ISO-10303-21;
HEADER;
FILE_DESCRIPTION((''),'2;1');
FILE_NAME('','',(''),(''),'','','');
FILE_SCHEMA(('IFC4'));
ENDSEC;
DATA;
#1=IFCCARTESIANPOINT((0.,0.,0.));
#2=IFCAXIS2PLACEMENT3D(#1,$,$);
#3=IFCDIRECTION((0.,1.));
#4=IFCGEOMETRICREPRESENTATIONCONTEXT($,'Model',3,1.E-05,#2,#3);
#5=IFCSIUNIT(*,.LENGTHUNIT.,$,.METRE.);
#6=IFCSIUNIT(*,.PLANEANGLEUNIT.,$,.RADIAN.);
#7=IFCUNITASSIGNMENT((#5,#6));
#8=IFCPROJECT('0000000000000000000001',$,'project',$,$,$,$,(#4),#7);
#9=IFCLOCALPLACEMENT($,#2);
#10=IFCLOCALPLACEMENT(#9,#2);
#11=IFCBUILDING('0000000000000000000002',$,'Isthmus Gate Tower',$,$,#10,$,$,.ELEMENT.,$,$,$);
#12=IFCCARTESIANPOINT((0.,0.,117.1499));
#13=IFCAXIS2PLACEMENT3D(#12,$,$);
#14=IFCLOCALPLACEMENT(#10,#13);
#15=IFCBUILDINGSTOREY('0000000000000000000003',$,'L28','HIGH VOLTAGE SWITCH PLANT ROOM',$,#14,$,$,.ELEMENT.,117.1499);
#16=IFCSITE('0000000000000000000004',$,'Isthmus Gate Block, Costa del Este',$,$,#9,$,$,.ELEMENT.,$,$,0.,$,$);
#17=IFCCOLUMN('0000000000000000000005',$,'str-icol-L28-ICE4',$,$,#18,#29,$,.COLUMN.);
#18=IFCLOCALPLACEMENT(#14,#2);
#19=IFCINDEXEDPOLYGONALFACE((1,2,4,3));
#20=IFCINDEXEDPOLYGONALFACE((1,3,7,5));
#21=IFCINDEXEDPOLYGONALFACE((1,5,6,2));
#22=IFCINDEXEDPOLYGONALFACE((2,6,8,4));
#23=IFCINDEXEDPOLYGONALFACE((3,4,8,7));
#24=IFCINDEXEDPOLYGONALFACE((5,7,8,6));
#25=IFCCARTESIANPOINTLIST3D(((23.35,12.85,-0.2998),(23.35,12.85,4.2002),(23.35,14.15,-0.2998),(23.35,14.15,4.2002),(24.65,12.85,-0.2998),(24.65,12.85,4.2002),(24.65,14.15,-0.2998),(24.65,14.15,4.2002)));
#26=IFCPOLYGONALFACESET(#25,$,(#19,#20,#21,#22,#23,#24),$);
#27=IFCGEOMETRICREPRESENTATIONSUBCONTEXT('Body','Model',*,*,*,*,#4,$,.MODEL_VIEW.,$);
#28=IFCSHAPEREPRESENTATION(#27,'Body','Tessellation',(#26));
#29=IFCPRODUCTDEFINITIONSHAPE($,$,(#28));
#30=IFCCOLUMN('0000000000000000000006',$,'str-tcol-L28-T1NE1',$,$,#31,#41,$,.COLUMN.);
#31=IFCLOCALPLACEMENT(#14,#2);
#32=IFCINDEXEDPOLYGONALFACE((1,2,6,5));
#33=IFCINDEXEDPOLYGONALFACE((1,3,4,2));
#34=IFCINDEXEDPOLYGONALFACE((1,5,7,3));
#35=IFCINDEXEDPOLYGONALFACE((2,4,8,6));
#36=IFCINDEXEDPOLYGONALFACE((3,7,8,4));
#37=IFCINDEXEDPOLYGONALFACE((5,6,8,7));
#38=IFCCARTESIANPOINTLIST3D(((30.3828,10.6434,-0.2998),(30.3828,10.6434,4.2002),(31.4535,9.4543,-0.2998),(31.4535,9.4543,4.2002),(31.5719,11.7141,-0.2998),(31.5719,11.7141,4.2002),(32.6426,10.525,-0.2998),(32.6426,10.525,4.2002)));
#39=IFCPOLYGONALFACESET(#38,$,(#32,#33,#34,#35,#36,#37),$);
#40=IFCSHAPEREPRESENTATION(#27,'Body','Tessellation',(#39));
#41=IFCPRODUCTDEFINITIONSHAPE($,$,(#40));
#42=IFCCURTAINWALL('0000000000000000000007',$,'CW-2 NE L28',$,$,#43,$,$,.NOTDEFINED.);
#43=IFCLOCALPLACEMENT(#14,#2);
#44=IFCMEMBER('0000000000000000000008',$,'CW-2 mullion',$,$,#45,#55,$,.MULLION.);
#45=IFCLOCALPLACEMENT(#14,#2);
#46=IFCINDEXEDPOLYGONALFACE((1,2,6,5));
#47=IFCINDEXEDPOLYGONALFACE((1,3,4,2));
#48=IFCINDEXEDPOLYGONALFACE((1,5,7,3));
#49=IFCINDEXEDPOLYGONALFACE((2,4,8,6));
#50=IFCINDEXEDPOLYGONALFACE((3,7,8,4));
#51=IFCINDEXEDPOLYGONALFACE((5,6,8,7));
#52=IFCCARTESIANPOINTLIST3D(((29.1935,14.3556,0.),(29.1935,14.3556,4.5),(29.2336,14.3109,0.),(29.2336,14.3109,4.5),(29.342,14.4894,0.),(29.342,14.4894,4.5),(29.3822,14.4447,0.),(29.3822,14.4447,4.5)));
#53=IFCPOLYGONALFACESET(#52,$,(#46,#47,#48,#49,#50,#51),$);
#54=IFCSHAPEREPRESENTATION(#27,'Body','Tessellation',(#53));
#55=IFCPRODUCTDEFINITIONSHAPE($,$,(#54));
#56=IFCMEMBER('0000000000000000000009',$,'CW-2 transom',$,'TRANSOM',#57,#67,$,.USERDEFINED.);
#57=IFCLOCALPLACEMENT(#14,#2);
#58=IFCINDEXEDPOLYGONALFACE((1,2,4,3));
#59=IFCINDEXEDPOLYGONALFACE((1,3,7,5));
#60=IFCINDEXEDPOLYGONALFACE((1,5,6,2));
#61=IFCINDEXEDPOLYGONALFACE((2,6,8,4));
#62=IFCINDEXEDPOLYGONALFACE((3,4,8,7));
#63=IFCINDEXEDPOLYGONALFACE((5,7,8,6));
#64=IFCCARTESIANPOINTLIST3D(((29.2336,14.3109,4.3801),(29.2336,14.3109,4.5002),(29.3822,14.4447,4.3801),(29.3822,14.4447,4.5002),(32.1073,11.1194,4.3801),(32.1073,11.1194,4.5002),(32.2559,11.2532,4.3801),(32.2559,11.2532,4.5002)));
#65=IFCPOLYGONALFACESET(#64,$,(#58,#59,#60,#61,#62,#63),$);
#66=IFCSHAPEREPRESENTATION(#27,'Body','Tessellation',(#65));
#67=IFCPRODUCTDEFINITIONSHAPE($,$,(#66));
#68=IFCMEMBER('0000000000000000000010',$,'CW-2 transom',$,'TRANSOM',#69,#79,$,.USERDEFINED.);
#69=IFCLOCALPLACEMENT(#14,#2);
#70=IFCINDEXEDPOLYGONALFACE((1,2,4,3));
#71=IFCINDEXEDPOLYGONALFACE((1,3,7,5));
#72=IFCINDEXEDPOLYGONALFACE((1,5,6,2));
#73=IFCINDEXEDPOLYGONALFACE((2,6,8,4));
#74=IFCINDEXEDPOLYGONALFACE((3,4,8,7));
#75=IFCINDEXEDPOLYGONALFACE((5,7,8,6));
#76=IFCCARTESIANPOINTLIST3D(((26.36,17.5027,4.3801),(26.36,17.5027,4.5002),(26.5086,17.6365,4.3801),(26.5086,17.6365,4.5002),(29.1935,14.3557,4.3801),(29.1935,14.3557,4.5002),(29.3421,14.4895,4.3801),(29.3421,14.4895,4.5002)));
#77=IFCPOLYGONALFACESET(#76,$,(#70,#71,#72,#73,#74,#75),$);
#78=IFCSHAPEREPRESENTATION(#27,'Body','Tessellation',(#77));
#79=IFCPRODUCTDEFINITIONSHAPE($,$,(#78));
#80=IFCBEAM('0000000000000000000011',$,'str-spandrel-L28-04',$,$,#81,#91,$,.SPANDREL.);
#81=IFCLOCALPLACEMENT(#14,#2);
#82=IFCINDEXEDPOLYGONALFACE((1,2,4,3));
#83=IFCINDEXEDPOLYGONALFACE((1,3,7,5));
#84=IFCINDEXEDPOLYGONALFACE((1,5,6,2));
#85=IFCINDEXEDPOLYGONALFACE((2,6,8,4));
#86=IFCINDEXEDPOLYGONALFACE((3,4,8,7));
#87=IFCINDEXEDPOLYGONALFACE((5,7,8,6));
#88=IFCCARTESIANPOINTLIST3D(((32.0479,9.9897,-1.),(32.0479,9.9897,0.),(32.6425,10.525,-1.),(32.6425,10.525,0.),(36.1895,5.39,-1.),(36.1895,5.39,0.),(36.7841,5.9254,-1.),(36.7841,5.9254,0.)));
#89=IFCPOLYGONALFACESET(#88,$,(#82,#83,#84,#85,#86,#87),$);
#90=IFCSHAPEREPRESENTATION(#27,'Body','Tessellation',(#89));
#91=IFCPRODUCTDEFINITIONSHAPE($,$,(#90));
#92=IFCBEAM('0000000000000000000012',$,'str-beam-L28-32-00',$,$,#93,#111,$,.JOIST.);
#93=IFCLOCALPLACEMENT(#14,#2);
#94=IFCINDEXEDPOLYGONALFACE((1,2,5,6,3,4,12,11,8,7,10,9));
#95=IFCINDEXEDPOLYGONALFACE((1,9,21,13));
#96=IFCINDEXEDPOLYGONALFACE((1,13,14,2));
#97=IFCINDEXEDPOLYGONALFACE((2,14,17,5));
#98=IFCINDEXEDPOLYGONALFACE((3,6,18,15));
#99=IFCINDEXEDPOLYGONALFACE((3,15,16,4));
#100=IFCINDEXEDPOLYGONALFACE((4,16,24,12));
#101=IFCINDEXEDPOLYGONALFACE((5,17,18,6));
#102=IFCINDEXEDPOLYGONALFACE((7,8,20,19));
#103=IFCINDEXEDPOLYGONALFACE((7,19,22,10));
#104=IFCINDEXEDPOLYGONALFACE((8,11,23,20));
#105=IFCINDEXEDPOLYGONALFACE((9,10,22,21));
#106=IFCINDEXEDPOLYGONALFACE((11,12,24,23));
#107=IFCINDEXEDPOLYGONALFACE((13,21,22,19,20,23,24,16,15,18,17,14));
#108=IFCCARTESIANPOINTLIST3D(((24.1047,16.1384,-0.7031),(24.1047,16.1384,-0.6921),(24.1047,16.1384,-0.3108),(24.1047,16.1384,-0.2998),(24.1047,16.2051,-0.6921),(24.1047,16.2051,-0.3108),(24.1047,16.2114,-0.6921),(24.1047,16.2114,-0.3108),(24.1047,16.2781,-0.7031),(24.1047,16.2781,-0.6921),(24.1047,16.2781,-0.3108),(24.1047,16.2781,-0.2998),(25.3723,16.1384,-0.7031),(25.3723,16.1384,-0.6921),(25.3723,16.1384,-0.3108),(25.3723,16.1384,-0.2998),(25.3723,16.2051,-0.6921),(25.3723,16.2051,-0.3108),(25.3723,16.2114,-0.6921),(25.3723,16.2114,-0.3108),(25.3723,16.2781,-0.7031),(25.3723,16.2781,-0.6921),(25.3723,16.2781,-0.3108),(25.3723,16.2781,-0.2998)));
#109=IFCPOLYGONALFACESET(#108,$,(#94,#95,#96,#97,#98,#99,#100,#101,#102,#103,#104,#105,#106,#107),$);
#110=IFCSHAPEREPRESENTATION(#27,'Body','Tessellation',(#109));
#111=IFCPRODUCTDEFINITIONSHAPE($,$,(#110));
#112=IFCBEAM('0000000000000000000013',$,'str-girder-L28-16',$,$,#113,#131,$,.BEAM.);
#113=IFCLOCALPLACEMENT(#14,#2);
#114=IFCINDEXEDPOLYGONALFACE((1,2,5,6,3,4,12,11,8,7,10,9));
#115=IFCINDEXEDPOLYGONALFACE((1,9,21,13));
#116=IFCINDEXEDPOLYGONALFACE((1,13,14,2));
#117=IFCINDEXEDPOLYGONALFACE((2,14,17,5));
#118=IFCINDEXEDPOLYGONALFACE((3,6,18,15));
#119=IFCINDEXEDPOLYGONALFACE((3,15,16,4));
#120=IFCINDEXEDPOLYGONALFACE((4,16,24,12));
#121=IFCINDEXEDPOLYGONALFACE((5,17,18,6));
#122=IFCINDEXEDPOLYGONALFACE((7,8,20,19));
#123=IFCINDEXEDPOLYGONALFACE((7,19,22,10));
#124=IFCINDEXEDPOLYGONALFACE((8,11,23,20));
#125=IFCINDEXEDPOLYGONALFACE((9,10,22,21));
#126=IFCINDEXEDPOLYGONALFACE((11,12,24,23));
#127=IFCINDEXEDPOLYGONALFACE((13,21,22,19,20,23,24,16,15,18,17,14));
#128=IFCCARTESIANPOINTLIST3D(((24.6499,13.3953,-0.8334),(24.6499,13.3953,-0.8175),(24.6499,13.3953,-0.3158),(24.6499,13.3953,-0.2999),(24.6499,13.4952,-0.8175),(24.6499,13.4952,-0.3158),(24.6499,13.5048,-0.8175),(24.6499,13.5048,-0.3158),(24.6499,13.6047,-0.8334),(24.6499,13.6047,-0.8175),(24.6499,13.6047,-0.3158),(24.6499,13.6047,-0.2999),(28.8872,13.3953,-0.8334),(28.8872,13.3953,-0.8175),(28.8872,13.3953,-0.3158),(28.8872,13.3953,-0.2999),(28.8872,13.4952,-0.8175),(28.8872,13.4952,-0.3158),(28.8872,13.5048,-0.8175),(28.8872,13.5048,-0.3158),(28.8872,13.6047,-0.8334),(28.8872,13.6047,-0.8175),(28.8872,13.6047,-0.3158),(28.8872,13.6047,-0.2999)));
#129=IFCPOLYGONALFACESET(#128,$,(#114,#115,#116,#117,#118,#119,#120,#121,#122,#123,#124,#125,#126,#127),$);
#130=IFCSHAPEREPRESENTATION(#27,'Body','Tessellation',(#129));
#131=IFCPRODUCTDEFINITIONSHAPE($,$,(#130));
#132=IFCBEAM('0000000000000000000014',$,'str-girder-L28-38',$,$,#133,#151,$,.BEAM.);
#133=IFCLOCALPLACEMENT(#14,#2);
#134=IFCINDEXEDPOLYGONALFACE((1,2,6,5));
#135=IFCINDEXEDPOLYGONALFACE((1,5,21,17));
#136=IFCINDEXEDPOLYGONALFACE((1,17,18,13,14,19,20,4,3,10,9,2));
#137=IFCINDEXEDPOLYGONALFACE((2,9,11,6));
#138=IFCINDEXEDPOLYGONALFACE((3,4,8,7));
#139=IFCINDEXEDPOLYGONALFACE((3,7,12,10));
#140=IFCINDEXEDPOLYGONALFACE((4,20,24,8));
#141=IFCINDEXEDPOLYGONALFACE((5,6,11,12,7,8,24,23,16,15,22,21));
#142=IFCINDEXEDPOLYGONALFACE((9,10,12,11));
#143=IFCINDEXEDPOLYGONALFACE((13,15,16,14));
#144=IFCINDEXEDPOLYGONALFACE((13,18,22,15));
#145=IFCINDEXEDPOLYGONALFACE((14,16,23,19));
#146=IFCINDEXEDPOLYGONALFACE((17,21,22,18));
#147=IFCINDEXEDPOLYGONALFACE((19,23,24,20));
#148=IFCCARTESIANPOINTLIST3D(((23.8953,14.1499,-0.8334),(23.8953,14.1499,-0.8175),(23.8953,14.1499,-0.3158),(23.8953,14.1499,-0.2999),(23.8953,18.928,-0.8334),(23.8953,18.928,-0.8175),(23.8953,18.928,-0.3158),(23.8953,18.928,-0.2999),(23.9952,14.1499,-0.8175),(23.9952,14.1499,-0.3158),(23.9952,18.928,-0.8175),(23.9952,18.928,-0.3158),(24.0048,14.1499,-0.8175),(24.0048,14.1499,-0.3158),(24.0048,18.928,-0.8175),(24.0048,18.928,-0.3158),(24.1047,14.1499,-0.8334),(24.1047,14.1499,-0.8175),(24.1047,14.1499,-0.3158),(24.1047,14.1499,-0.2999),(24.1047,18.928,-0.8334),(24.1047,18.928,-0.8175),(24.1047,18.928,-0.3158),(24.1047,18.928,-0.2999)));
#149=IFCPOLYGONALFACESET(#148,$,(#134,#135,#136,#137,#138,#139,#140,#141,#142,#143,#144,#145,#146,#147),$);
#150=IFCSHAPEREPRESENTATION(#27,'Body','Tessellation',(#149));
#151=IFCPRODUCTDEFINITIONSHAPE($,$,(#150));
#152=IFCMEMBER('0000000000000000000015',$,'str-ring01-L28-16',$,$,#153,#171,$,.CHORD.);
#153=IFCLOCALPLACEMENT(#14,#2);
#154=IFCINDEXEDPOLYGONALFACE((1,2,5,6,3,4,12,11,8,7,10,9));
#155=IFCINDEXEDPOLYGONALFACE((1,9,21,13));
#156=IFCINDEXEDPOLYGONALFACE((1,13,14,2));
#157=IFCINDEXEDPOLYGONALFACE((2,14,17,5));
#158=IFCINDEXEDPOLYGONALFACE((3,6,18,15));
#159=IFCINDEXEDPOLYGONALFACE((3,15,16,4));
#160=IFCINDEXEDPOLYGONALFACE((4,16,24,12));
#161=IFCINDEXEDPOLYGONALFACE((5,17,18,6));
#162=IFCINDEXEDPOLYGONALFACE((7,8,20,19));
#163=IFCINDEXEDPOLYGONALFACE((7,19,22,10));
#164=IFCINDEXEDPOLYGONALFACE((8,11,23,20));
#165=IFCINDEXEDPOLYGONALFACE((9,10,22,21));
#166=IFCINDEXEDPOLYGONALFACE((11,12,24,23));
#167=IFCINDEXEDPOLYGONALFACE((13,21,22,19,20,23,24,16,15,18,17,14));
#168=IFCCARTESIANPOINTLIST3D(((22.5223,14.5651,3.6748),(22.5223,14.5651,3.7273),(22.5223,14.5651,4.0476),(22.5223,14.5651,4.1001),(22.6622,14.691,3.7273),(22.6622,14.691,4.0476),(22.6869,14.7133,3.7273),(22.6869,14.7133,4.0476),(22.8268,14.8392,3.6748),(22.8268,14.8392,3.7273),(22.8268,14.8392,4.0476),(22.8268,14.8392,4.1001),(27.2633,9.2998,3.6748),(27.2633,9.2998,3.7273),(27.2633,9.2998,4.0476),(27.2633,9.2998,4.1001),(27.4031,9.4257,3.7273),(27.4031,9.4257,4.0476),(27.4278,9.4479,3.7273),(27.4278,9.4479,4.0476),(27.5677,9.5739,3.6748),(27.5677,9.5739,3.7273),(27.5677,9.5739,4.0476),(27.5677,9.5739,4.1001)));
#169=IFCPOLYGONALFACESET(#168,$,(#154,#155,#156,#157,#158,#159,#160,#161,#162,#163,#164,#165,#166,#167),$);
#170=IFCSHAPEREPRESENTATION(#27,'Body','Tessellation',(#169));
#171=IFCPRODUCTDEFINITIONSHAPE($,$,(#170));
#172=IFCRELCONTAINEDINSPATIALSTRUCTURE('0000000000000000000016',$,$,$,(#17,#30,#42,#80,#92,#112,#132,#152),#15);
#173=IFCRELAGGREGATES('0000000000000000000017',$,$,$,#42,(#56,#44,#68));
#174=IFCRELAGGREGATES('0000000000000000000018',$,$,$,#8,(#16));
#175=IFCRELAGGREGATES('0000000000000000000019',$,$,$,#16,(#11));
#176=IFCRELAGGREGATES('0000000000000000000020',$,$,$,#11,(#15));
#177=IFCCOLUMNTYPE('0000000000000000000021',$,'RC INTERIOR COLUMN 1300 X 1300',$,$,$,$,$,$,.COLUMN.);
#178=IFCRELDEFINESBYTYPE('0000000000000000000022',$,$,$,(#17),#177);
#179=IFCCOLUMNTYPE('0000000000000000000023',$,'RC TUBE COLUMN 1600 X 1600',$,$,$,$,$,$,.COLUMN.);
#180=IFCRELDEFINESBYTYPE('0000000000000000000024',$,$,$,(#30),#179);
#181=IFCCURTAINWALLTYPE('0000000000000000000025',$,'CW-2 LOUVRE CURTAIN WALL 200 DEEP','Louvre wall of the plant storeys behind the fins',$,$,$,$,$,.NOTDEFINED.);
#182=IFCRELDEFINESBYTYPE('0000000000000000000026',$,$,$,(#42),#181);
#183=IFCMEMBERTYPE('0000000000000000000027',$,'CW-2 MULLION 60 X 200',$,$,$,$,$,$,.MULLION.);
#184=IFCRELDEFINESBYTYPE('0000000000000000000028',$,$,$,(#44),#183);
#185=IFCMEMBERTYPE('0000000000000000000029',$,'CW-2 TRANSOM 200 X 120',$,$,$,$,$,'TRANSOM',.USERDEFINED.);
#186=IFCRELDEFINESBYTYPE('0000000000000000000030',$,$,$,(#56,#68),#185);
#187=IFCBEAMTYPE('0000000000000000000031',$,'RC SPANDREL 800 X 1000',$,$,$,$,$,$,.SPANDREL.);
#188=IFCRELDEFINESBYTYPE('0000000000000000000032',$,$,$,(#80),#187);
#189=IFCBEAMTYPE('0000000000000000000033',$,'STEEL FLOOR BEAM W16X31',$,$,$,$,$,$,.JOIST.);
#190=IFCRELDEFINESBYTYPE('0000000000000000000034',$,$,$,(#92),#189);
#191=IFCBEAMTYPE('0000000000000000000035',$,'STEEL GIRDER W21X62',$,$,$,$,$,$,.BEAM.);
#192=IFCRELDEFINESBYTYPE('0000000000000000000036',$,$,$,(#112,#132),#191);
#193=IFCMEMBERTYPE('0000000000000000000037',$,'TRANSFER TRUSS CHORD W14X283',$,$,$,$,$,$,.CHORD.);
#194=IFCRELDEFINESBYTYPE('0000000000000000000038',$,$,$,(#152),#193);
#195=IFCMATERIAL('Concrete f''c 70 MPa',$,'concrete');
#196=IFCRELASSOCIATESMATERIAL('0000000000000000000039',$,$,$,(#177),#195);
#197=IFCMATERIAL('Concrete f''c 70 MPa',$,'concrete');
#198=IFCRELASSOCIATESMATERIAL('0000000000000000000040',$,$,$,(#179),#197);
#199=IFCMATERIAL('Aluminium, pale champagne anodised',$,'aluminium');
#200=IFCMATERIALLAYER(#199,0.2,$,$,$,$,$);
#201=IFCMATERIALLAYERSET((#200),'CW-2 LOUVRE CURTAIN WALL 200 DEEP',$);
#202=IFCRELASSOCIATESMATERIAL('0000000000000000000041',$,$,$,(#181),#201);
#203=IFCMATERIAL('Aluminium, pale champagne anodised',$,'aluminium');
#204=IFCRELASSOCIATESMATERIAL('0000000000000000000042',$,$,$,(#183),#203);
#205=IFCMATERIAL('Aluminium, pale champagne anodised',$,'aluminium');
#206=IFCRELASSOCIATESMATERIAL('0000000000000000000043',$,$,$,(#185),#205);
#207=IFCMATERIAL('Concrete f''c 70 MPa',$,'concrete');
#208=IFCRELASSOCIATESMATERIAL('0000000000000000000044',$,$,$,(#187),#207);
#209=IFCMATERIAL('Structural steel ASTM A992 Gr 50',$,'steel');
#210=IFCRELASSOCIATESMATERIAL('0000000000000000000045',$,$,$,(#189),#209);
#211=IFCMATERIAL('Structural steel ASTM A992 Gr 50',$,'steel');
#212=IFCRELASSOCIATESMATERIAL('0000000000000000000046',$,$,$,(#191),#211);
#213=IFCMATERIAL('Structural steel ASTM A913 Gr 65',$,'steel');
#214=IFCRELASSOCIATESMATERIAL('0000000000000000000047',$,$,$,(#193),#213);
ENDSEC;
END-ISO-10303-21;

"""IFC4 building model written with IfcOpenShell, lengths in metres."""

from ifc_helpers import new_model, si_unit, direction, frame, origin, origin_2d, place, context, subcontext, project, spatial, rectangle, i_section, extrude, material, layer, layer_set, material_profile, profile_set, type_object, element, aggregate, save


model = new_model("IFC4")

# Units and contexts
model_context = context("Model", 3, precision=1e-05, world=origin(), true_north=direction((0.0, 1.0)))
body_context = subcontext(model_context, "Body", "Model", "MODEL_VIEW")
ifc_project = project(units=[si_unit("LENGTHUNIT", "METRE"), si_unit("PLANEANGLEUNIT", "RADIAN")], contexts=[model_context])

# Site, building, storey
site_placement = place(None, origin())
site = spatial("IfcSite", under=ifc_project, at=site_placement, Name="Isthmus Gate Block, Costa del Este", CompositionType="ELEMENT", RefElevation=0.0)
building_placement = place(site_placement, origin())
building = spatial("IfcBuilding", under=site, at=building_placement, Name="Isthmus Gate Tower", CompositionType="ELEMENT")
storey_placement = place(building_placement, frame((0.0, 0.0, 117.1499)))
storey = spatial("IfcBuildingStorey", under=building, at=storey_placement, Name="L28", Description="HIGH VOLTAGE SWITCH PLANT ROOM", CompositionType="ELEMENT", Elevation=117.1499)

# Columns
ifc_material_1 = material(Name="Concrete f'c 70 MPa", Category="concrete")
ifc_material_profile_1 = material_profile(ifc_material_1, rectangle(XDim=1.3, YDim=1.3, at=origin_2d()), Name="RC 1300X1300")
ifc_profile_set_1 = profile_set([ifc_material_profile_1], Name="Concrete f'c 70 MPa")
column_type_1 = type_object("IfcColumnType", Name="RC INTERIOR COLUMN 1300 X 1300", PredefinedType="COLUMN", material=ifc_profile_set_1)
column_1_placement = place(storey_placement, frame((24.0, 13.5, -0.2998), z_axis=(0.0, 0.0, 1.0), x_axis=(1.0, 0.0, 0.0)))
element("IfcColumn", 1, at=column_1_placement, inside=storey, type_object=column_type_1, Name="str-icol-L28-ICE4", PredefinedType="COLUMN", context=body_context, shape_type="SweptSolid", body=[
    extrude(rectangle(XDim=1.3, YDim=1.3, at=origin_2d()), origin(), (0.0, 0.0, 1.0), 4.5),
])
ifc_material_2 = material(Name="Concrete f'c 70 MPa", Category="concrete")
ifc_material_profile_2 = material_profile(ifc_material_2, rectangle(XDim=1.6001, YDim=1.6001, at=origin_2d()), Name="RC 1600X1600")
ifc_profile_set_2 = profile_set([ifc_material_profile_2], Name="Concrete f'c 70 MPa")
column_type_2 = type_object("IfcColumnType", Name="RC TUBE COLUMN 1600 X 1600", PredefinedType="COLUMN", material=ifc_profile_set_2)
column_2_placement = place(storey_placement, frame((31.5127, 10.5842, -0.2998), z_axis=(0.0, 0.0, 1.0), x_axis=(-0.669131, 0.743145, 0.0)))
element("IfcColumn", 2, at=column_2_placement, inside=storey, type_object=column_type_2, Name="str-tcol-L28-T1NE1", PredefinedType="COLUMN", context=body_context, shape_type="SweptSolid", body=[
    extrude(rectangle(XDim=1.6001, YDim=1.6001, at=origin_2d()), origin(), (0.0, 0.0, 1.0), 4.5),
])

# Curtain wall, members
ifc_material_3 = material(Name="Aluminium, pale champagne anodised", Category="aluminium")
ifc_layer_1 = layer(ifc_material_3, 0.2)
ifc_layer_set_1 = layer_set([ifc_layer_1], Name="CW-2 LOUVRE CURTAIN WALL 200 DEEP")
curtain_wall_type = type_object("IfcCurtainWallType", Name="CW-2 LOUVRE CURTAIN WALL 200 DEEP", Description="Louvre wall of the plant storeys behind the fins", PredefinedType="NOTDEFINED", material=ifc_layer_set_1)
curtain_wall_placement = place(storey_placement, origin())
curtain_wall = element("IfcCurtainWall", 3, at=curtain_wall_placement, inside=storey, type_object=curtain_wall_type, Name="CW-2 NE L28", PredefinedType="NOTDEFINED")
ifc_material_4 = material(Name="Aluminium, pale champagne anodised", Category="aluminium")
ifc_material_profile_3 = material_profile(ifc_material_4, rectangle(XDim=0.0601, YDim=0.2, at=origin_2d()), Name="60x200")
ifc_profile_set_3 = profile_set([ifc_material_profile_3], Name="Aluminium, pale champagne anodised")
member_type_1 = type_object("IfcMemberType", Name="CW-2 MULLION 60 X 200", PredefinedType="MULLION", material=ifc_profile_set_3)
member_1_placement = place(storey_placement, frame((29.2878, 14.4001, 0.0), z_axis=(0.0, 0.0, 1.0), x_axis=(-0.669131, 0.743145, 0.0)))
member_1 = element("IfcMember", 4, at=member_1_placement, type_object=member_type_1, Name="CW-2 mullion", PredefinedType="MULLION", context=body_context, shape_type="SweptSolid", body=[
    extrude(rectangle(XDim=0.0601, YDim=0.2, at=origin_2d()), origin(), (0.0, 0.0, 1.0), 4.5),
])
ifc_material_5 = material(Name="Aluminium, pale champagne anodised", Category="aluminium")
ifc_material_profile_4 = material_profile(ifc_material_5, rectangle(XDim=0.2, YDim=0.1201, at=origin_2d()), Name="200x120")
ifc_profile_set_4 = profile_set([ifc_material_profile_4], Name="Aluminium, pale champagne anodised")
member_type_2 = type_object("IfcMemberType", Name="CW-2 TRANSOM 200 X 120", ElementType="TRANSOM", PredefinedType="USERDEFINED", material=ifc_profile_set_4)
member_2_placement = place(storey_placement, frame((32.1816, 11.1863, 4.4402), z_axis=(-0.669131, 0.743144, 0.0), x_axis=(-0.743144, -0.669131, 0.0)))
member_2 = element("IfcMember", 5, at=member_2_placement, type_object=member_type_2, Name="CW-2 transom", ObjectType="TRANSOM", PredefinedType="USERDEFINED", context=body_context, shape_type="SweptSolid", body=[
    extrude(rectangle(XDim=0.2, YDim=0.1201, at=origin_2d()), origin(), (0.0, 0.0, 1.0), 4.2947),
])
member_3_placement = place(storey_placement, frame((29.2678, 14.4226, 4.4402), z_axis=(-0.669124, 0.743151, 0.0), x_axis=(-0.743151, -0.669124, 0.0)))
member_3 = element("IfcMember", 6, at=member_3_placement, type_object=member_type_2, Name="CW-2 transom", ObjectType="TRANSOM", PredefinedType="USERDEFINED", context=body_context, shape_type="SweptSolid", body=[
    extrude(rectangle(XDim=0.2, YDim=0.1201, at=origin_2d()), origin(), (0.0, 0.0, 1.0), 4.2346),
])

# Beams
ifc_material_6 = material(Name="Concrete f'c 70 MPa", Category="concrete")
ifc_material_profile_5 = material_profile(ifc_material_6, rectangle(XDim=0.8, YDim=1.0, at=origin_2d()), Name="RC 800X1000")
ifc_profile_set_5 = profile_set([ifc_material_profile_5], Name="Concrete f'c 70 MPa")
beam_type_1 = type_object("IfcBeamType", Name="RC SPANDREL 800 X 1000", PredefinedType="SPANDREL", material=ifc_profile_set_5)
beam_1_placement = place(storey_placement, frame((32.3452, 10.2573, -0.5), z_axis=(0.669139, -0.743137, 0.0), x_axis=(0.743137, 0.669139, 0.0)))
element("IfcBeam", 7, at=beam_1_placement, inside=storey, type_object=beam_type_1, Name="str-spandrel-L28-04", PredefinedType="SPANDREL", context=body_context, shape_type="SweptSolid", body=[
    extrude(rectangle(XDim=0.8, YDim=1.0, at=origin_2d()), origin(), (0.0, 0.0, 1.0), 6.1895),
])
ifc_material_7 = material(Name="Structural steel ASTM A992 Gr 50", Category="steel")
ifc_material_profile_6 = material_profile(ifc_material_7, i_section(OverallWidth=0.1396, OverallDepth=0.4033, WebThickness=0.0063, FlangeThickness=0.011, at=origin_2d()), Name="W16X31")
ifc_profile_set_6 = profile_set([ifc_material_profile_6], Name="Structural steel ASTM A992 Gr 50")
beam_type_2 = type_object("IfcBeamType", Name="STEEL FLOOR BEAM W16X31", PredefinedType="JOIST", material=ifc_profile_set_6)
beam_2_placement = place(storey_placement, frame((24.1047, 16.2083, -0.5015), z_axis=(1.0, 0.0, 0.0), x_axis=(0.0, 1.0, 0.0)))
element("IfcBeam", 8, at=beam_2_placement, inside=storey, type_object=beam_type_2, Name="str-beam-L28-32-00", PredefinedType="JOIST", context=body_context, shape_type="SweptSolid", body=[
    extrude(i_section(OverallWidth=0.1396, OverallDepth=0.4033, WebThickness=0.0063, FlangeThickness=0.011, at=origin_2d()), origin(), (0.0, 0.0, 1.0), 1.2676),
])
ifc_material_8 = material(Name="Structural steel ASTM A992 Gr 50", Category="steel")
ifc_material_profile_7 = material_profile(ifc_material_8, i_section(OverallWidth=0.2095, OverallDepth=0.5334, WebThickness=0.0095, FlangeThickness=0.0159, at=origin_2d()), Name="W21X62")
ifc_profile_set_7 = profile_set([ifc_material_profile_7], Name="Structural steel ASTM A992 Gr 50")
beam_type_3 = type_object("IfcBeamType", Name="STEEL GIRDER W21X62", PredefinedType="BEAM", material=ifc_profile_set_7)
beam_3_placement = place(storey_placement, frame((24.6499, 13.5, -0.5667), z_axis=(1.0, 0.0, 0.0), x_axis=(0.0, 1.0, 0.0)))
element("IfcBeam", 9, at=beam_3_placement, inside=storey, type_object=beam_type_3, Name="str-girder-L28-16", PredefinedType="BEAM", context=body_context, shape_type="SweptSolid", body=[
    extrude(i_section(OverallWidth=0.2095, OverallDepth=0.5334, WebThickness=0.0095, FlangeThickness=0.0159, at=origin_2d()), origin(), (0.0, 0.0, 1.0), 4.2373),
])
beam_4_placement = place(storey_placement, frame((24.0, 14.1499, -0.5667), z_axis=(0.0, 1.0, 0.0), x_axis=(-1.0, 0.0, 0.0)))
element("IfcBeam", 10, at=beam_4_placement, inside=storey, type_object=beam_type_3, Name="str-girder-L28-38", PredefinedType="BEAM", context=body_context, shape_type="SweptSolid", body=[
    extrude(i_section(OverallWidth=0.2095, OverallDepth=0.5334, WebThickness=0.0095, FlangeThickness=0.0159, at=origin_2d()), origin(), (0.0, 0.0, 1.0), 4.7781),
])

# Member
ifc_material_9 = material(Name="Structural steel ASTM A913 Gr 65", Category="steel")
ifc_material_profile_8 = material_profile(ifc_material_9, i_section(OverallWidth=0.4097, OverallDepth=0.4253, WebThickness=0.0332, FlangeThickness=0.0525, at=origin_2d()), Name="W14X283")
ifc_profile_set_8 = profile_set([ifc_material_profile_8], Name="Structural steel ASTM A913 Gr 65")
member_type_3 = type_object("IfcMemberType", Name="TRANSFER TRUSS CHORD W14X283", PredefinedType="CHORD", material=ifc_profile_set_8)
member_4_placement = place(storey_placement, frame((22.6746, 14.7021, 3.8875), z_axis=(0.66913, -0.743145, 0.0), x_axis=(0.743145, 0.66913, 0.0)))
element("IfcMember", 11, at=member_4_placement, inside=storey, type_object=member_type_3, Name="str-ring01-L28-16", PredefinedType="CHORD", context=body_context, shape_type="SweptSolid", body=[
    extrude(i_section(OverallWidth=0.4097, OverallDepth=0.4253, WebThickness=0.0332, FlangeThickness=0.0525, at=origin_2d()), origin(), (0.0, 0.0, 1.0), 7.0852),
])

aggregate(curtain_wall, [member_2, member_1, member_3])

save(model, "model.ifc")
